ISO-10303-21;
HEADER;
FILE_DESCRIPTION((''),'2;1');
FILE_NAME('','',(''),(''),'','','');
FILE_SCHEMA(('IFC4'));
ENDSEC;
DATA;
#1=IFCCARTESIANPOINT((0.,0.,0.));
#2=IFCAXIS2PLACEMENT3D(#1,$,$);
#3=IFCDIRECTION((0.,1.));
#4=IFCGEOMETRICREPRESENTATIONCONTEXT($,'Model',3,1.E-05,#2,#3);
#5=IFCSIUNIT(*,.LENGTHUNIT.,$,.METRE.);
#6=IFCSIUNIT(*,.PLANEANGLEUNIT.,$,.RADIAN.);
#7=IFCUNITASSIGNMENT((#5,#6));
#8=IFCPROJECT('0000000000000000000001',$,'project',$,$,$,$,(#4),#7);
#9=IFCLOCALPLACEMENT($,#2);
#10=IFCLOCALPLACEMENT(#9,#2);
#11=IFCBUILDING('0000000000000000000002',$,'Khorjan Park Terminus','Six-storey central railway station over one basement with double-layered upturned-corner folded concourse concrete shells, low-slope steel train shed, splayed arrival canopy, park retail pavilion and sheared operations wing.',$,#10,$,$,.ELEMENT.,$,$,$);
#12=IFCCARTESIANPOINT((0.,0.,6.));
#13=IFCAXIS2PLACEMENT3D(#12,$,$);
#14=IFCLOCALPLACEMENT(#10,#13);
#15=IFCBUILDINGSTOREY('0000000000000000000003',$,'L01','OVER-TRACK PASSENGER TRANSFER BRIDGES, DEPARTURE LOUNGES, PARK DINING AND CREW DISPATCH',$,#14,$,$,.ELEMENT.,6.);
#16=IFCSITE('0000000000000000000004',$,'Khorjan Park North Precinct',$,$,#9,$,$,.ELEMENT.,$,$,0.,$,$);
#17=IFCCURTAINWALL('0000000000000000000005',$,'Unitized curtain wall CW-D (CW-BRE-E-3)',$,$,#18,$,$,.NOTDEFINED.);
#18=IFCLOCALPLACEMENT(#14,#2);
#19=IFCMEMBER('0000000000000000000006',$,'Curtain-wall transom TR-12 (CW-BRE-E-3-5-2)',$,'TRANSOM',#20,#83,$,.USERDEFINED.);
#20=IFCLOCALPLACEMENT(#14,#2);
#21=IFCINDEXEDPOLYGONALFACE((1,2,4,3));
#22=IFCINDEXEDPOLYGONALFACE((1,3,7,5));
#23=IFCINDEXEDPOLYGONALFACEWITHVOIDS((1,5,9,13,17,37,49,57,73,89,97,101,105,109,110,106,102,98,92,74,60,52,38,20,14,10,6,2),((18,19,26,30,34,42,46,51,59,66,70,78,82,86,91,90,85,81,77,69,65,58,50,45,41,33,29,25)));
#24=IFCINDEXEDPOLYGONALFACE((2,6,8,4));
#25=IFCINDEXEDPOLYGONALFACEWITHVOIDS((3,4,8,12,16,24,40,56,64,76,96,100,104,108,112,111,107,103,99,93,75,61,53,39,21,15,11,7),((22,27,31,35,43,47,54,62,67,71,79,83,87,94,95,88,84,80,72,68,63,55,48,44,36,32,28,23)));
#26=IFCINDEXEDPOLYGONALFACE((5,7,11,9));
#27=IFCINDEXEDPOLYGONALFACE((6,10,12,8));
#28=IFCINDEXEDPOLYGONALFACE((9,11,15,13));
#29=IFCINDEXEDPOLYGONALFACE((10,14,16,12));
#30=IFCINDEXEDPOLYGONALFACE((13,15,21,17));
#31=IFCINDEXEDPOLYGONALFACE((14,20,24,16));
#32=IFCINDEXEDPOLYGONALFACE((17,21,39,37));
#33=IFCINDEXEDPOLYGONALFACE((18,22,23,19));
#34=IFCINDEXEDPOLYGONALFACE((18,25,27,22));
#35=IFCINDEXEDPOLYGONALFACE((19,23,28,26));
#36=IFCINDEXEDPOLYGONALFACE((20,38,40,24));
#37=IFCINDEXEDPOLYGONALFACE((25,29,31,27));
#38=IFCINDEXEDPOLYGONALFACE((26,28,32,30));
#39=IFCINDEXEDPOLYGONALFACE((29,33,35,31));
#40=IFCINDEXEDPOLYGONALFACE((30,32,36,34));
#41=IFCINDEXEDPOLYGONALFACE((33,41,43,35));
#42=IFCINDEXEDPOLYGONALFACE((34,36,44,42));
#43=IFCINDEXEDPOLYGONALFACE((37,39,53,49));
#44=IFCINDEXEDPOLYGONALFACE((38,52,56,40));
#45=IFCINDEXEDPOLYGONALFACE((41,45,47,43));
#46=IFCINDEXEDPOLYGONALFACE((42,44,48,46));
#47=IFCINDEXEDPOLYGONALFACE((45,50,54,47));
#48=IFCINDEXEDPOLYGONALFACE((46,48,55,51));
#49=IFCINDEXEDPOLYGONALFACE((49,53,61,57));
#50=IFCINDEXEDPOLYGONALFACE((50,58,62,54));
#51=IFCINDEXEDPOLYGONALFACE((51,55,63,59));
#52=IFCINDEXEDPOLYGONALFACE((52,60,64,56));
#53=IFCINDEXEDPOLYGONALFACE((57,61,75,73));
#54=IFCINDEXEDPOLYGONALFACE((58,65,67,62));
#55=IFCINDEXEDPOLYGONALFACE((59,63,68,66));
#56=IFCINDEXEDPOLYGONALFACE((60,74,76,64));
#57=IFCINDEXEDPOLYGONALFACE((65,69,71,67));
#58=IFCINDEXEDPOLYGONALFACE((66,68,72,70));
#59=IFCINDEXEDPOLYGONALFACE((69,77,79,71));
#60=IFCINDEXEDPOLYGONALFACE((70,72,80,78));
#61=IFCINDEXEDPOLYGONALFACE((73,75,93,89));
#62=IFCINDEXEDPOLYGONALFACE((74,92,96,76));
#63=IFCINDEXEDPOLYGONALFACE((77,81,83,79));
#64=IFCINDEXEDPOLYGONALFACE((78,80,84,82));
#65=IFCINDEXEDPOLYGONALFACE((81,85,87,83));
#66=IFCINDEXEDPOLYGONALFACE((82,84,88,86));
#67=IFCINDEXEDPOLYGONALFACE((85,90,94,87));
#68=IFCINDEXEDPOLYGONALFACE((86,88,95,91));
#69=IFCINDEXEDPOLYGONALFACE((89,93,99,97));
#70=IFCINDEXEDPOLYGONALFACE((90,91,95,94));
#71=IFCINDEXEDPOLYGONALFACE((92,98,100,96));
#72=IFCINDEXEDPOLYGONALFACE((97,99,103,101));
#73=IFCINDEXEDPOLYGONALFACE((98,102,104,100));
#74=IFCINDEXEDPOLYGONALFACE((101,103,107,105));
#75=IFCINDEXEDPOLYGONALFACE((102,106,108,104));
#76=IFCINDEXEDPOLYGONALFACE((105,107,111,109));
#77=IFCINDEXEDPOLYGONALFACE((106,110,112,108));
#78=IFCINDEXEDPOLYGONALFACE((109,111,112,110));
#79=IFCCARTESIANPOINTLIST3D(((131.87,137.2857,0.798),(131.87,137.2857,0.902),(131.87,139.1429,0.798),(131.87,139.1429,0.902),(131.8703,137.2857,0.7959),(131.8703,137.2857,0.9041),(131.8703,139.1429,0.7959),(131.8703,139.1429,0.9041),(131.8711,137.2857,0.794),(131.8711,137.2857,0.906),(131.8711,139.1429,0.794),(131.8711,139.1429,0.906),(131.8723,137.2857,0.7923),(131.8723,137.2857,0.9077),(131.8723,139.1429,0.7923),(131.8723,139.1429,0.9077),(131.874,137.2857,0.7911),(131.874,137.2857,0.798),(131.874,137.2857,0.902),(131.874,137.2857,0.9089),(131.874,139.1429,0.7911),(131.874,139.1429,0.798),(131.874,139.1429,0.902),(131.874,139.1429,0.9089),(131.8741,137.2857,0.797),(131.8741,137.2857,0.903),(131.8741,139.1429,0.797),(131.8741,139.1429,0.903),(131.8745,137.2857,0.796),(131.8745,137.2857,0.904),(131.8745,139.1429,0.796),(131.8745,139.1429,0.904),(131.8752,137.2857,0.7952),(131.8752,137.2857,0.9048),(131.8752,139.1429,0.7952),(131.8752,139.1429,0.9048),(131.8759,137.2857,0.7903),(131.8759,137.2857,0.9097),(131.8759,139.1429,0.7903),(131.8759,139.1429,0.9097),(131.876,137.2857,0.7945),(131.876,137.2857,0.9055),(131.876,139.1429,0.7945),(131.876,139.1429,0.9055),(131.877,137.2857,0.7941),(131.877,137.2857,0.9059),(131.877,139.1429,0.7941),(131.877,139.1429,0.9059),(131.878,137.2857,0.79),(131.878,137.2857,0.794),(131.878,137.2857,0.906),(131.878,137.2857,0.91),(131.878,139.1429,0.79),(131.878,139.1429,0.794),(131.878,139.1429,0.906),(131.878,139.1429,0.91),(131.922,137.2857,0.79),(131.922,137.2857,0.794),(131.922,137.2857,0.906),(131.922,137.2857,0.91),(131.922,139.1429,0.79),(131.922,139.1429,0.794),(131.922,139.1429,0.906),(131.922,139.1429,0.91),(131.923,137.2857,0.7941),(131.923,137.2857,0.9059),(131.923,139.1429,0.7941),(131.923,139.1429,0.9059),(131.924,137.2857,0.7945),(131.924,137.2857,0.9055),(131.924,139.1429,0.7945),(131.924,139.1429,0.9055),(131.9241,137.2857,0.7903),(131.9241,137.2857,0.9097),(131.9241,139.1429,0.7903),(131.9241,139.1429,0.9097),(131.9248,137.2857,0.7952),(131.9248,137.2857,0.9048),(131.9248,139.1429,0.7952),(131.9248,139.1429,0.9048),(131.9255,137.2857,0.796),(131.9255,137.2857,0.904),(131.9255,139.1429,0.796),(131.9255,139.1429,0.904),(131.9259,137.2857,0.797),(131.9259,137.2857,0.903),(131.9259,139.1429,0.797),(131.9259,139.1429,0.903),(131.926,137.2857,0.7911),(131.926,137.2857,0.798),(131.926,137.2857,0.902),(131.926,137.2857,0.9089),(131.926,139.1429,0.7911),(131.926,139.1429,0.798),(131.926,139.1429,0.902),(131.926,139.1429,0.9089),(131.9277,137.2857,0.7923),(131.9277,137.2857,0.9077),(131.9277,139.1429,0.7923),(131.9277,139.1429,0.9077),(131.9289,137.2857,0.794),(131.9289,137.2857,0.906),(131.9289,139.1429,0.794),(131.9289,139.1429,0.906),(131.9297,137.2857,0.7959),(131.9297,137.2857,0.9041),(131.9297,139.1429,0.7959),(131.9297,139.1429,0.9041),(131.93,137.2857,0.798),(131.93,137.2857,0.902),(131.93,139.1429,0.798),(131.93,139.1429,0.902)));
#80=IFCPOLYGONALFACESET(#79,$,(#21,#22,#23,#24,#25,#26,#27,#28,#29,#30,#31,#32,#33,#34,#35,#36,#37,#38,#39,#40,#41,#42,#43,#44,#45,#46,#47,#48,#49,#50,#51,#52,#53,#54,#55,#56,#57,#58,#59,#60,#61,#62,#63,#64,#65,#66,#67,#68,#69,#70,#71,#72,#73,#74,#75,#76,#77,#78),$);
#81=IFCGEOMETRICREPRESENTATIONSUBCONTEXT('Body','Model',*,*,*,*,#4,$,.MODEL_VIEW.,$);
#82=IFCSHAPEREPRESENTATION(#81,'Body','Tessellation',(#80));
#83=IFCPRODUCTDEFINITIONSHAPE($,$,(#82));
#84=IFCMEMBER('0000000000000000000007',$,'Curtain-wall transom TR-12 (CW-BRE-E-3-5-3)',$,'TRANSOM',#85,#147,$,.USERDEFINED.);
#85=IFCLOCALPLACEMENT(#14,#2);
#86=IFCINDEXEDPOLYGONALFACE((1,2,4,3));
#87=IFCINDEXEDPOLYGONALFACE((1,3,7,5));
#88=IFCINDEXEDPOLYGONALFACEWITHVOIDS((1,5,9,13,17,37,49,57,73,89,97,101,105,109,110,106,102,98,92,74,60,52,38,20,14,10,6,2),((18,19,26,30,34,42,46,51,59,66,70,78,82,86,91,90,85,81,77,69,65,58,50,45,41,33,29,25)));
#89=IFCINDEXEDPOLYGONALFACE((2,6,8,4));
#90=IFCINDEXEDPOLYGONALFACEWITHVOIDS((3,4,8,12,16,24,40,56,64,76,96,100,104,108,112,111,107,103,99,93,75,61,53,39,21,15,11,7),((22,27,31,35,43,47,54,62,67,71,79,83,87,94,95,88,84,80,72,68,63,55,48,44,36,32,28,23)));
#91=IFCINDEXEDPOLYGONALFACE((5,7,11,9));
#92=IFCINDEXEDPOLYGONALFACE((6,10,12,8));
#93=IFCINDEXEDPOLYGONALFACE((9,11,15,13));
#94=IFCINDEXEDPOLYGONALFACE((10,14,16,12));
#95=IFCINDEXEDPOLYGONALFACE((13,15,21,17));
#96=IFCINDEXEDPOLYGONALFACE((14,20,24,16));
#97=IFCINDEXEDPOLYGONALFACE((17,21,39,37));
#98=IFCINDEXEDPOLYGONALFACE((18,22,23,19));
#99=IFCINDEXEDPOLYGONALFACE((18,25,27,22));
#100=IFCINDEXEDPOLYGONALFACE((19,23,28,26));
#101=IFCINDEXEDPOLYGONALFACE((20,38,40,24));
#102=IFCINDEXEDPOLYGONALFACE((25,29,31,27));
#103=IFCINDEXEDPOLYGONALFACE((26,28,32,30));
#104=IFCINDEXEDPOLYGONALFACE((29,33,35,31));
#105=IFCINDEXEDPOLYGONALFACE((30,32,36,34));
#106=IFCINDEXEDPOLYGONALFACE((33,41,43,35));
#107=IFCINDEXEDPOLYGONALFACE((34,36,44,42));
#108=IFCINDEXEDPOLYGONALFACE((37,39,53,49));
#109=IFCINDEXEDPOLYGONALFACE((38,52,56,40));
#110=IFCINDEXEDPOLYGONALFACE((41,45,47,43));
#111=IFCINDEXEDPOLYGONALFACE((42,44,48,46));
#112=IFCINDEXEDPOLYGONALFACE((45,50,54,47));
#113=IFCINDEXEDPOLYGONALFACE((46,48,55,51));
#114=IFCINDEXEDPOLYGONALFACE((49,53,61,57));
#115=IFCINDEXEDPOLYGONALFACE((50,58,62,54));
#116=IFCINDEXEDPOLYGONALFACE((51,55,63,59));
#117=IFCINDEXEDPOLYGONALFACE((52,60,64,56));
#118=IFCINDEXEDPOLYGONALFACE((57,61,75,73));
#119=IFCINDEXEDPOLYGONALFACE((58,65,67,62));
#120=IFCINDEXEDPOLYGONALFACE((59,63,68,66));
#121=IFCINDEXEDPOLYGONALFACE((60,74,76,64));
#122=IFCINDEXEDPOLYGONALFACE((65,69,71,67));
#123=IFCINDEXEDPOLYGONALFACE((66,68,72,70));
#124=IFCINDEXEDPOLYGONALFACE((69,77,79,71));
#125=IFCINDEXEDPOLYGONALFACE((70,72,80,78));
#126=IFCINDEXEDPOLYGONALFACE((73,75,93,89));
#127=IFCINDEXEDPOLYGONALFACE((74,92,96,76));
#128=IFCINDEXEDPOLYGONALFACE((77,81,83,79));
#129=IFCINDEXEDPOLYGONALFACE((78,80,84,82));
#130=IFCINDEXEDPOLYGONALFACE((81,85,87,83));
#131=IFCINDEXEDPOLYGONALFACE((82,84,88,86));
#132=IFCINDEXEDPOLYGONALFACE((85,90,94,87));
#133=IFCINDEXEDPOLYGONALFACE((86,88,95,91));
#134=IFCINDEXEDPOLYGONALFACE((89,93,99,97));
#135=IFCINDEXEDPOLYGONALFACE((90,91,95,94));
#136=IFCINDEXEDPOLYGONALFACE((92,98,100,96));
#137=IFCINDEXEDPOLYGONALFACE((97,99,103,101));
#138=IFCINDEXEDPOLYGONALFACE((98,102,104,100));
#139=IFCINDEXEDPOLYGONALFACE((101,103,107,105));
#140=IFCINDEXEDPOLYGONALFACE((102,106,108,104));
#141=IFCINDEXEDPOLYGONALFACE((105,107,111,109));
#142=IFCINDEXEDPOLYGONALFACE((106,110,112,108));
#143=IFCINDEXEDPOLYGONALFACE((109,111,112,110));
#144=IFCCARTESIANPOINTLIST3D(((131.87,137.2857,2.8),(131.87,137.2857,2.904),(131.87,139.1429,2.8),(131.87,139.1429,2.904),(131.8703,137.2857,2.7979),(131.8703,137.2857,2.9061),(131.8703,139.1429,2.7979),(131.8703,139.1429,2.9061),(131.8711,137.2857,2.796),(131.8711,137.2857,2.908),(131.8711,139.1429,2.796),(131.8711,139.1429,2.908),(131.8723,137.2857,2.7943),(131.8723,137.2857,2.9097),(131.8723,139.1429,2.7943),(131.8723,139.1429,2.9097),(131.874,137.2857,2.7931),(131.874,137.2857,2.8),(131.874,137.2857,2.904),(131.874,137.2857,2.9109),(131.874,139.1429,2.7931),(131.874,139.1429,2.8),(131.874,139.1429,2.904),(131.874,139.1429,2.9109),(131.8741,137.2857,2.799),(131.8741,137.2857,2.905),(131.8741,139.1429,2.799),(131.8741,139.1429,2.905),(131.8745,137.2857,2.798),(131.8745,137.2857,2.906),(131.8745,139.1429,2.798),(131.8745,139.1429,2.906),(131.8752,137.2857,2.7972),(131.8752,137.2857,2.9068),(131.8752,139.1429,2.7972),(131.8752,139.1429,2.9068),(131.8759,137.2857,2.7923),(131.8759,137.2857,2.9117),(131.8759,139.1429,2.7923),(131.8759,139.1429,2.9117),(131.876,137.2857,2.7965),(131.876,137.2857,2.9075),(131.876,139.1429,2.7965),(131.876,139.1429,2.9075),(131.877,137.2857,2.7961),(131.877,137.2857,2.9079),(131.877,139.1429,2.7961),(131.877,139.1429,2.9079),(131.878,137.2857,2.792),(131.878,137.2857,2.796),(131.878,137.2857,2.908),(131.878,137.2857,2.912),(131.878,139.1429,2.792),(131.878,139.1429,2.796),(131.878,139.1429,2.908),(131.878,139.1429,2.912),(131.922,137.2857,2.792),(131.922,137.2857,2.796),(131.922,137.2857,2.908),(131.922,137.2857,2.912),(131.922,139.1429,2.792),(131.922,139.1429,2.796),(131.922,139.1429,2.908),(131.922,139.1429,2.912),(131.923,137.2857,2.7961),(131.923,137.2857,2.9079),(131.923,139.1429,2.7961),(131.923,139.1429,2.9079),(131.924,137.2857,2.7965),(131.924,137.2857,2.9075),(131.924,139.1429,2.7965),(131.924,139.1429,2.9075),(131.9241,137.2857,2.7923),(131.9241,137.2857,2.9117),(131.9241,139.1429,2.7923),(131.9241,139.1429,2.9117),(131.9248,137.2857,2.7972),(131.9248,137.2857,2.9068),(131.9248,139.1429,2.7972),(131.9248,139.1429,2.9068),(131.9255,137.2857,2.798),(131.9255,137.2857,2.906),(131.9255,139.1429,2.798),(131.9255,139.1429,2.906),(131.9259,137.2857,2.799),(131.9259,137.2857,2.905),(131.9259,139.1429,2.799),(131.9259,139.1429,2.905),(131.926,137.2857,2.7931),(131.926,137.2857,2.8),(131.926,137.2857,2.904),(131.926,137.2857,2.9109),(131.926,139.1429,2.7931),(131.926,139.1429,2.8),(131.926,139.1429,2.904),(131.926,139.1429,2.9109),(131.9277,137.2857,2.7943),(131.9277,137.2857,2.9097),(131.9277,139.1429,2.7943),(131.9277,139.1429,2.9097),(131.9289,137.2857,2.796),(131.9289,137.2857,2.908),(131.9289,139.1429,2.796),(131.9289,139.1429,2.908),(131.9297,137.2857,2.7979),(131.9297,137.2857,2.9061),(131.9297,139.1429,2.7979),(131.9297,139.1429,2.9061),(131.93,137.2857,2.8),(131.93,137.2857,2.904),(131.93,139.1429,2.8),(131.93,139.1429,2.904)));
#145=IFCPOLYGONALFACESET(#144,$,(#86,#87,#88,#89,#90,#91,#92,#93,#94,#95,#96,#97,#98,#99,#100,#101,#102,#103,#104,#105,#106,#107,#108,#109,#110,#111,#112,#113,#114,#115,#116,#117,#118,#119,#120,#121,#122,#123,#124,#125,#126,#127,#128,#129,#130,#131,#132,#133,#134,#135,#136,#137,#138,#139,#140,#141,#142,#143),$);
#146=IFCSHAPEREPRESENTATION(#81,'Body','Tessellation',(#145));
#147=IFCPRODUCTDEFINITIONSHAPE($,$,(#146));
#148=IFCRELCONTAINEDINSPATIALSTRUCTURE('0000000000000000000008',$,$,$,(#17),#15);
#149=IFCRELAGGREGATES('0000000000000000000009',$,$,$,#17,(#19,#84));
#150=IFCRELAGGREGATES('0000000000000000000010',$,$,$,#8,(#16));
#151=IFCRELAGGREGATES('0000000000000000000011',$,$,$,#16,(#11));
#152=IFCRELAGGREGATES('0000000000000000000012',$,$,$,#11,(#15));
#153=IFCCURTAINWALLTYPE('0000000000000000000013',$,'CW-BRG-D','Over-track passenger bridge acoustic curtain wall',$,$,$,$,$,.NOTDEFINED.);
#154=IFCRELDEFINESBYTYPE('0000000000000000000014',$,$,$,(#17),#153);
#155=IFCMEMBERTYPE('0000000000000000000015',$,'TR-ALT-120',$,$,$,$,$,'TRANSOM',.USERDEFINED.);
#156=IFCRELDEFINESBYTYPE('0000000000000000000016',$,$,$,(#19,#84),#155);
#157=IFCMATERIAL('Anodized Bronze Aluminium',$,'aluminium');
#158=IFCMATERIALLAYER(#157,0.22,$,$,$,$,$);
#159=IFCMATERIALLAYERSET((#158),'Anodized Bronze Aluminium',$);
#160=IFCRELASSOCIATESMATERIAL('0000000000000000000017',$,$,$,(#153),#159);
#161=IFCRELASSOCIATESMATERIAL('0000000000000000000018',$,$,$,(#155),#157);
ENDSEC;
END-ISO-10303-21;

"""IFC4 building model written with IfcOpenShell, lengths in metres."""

from ifc_helpers import new_model, si_unit, direction, frame, origin, origin_2d, place, context, subcontext, project, spatial, hollow_rectangle, extrude, material, layer, layer_set, material_profile, profile_set, type_object, element, aggregate, save


model = new_model("IFC4")

# Units and contexts
model_context = context("Model", 3, precision=1e-05, world=origin(), true_north=direction((0.0, 1.0)))
body_context = subcontext(model_context, "Body", "Model", "MODEL_VIEW")
ifc_project = project(units=[si_unit("LENGTHUNIT", "METRE"), si_unit("PLANEANGLEUNIT", "RADIAN")], contexts=[model_context])

# Site, building, storey
site_placement = place(None, origin())
site = spatial("IfcSite", under=ifc_project, at=site_placement, Name="Khorjan Park North Precinct", CompositionType="ELEMENT", RefElevation=0.0)
building_placement = place(site_placement, origin())
building = spatial("IfcBuilding", under=site, at=building_placement, Name="Khorjan Park Terminus", Description="Six-storey central railway station over one basement with double-layered upturned-corner folded concourse concrete shells, low-slope steel train shed, splayed arrival canopy, park retail pavilion and sheared operations wing.", CompositionType="ELEMENT")
storey_placement = place(building_placement, frame((0.0, 0.0, 6.0)))
storey = spatial("IfcBuildingStorey", under=building, at=storey_placement, Name="L01", Description="OVER-TRACK PASSENGER TRANSFER BRIDGES, DEPARTURE LOUNGES, PARK DINING AND CREW DISPATCH", CompositionType="ELEMENT", Elevation=6.0)

# Curtain wall, members
ifc_material_1 = material(Name="Anodized Bronze Aluminium", Category="aluminium")
ifc_layer_1 = layer(ifc_material_1, 0.22)
ifc_layer_set_1 = layer_set([ifc_layer_1], Name="Anodized Bronze Aluminium")
curtain_wall_type = type_object("IfcCurtainWallType", Name="CW-BRG-D", Description="Over-track passenger bridge acoustic curtain wall", PredefinedType="NOTDEFINED", material=ifc_layer_set_1)
curtain_wall_placement = place(storey_placement, origin())
curtain_wall = element("IfcCurtainWall", 1, at=curtain_wall_placement, inside=storey, type_object=curtain_wall_type, Name="Unitized curtain wall CW-D (CW-BRE-E-3)", PredefinedType="NOTDEFINED")
ifc_material_profile_1 = material_profile(ifc_material_1, hollow_rectangle(XDim=0.06, YDim=0.12, WallThickness=0.004, InnerFilletRadius=0.004, OuterFilletRadius=0.008, at=origin_2d()), Name="ALT 60x120x4")
ifc_profile_set_1 = profile_set([ifc_material_profile_1], Name="Anodized Bronze Aluminium")
member_type_1 = type_object("IfcMemberType", Name="TR-ALT-120", ElementType="TRANSOM", PredefinedType="USERDEFINED", material=ifc_profile_set_1)
member_1_placement = place(storey_placement, frame((131.9, 137.2857, 0.85), z_axis=(0.0, 1.0, 0.0), x_axis=(-1.0, 0.0, 0.0)))
member_1 = element("IfcMember", 2, at=member_1_placement, type_object=member_type_1, Name="Curtain-wall transom TR-12 (CW-BRE-E-3-5-2)", ObjectType="TRANSOM", PredefinedType="USERDEFINED", context=body_context, shape_type="SweptSolid", body=[
    extrude(hollow_rectangle(XDim=0.06, YDim=0.12, WallThickness=0.004, InnerFilletRadius=0.004, OuterFilletRadius=0.008, at=origin_2d()), origin(), (0.0, 0.0, 1.0), 1.8572),
])
member_2_placement = place(storey_placement, frame((131.9, 137.2857, 2.852), z_axis=(0.0, 1.0, 0.0), x_axis=(-1.0, 0.0, 0.0)))
member_2 = element("IfcMember", 3, at=member_2_placement, type_object=member_type_1, Name="Curtain-wall transom TR-12 (CW-BRE-E-3-5-3)", ObjectType="TRANSOM", PredefinedType="USERDEFINED", context=body_context, shape_type="SweptSolid", body=[
    extrude(hollow_rectangle(XDim=0.06, YDim=0.12, WallThickness=0.004, InnerFilletRadius=0.004, OuterFilletRadius=0.008, at=origin_2d()), origin(), (0.0, 0.0, 1.0), 1.8572),
])
aggregate(curtain_wall, [member_1, member_2])

save(model, "model.ifc")
